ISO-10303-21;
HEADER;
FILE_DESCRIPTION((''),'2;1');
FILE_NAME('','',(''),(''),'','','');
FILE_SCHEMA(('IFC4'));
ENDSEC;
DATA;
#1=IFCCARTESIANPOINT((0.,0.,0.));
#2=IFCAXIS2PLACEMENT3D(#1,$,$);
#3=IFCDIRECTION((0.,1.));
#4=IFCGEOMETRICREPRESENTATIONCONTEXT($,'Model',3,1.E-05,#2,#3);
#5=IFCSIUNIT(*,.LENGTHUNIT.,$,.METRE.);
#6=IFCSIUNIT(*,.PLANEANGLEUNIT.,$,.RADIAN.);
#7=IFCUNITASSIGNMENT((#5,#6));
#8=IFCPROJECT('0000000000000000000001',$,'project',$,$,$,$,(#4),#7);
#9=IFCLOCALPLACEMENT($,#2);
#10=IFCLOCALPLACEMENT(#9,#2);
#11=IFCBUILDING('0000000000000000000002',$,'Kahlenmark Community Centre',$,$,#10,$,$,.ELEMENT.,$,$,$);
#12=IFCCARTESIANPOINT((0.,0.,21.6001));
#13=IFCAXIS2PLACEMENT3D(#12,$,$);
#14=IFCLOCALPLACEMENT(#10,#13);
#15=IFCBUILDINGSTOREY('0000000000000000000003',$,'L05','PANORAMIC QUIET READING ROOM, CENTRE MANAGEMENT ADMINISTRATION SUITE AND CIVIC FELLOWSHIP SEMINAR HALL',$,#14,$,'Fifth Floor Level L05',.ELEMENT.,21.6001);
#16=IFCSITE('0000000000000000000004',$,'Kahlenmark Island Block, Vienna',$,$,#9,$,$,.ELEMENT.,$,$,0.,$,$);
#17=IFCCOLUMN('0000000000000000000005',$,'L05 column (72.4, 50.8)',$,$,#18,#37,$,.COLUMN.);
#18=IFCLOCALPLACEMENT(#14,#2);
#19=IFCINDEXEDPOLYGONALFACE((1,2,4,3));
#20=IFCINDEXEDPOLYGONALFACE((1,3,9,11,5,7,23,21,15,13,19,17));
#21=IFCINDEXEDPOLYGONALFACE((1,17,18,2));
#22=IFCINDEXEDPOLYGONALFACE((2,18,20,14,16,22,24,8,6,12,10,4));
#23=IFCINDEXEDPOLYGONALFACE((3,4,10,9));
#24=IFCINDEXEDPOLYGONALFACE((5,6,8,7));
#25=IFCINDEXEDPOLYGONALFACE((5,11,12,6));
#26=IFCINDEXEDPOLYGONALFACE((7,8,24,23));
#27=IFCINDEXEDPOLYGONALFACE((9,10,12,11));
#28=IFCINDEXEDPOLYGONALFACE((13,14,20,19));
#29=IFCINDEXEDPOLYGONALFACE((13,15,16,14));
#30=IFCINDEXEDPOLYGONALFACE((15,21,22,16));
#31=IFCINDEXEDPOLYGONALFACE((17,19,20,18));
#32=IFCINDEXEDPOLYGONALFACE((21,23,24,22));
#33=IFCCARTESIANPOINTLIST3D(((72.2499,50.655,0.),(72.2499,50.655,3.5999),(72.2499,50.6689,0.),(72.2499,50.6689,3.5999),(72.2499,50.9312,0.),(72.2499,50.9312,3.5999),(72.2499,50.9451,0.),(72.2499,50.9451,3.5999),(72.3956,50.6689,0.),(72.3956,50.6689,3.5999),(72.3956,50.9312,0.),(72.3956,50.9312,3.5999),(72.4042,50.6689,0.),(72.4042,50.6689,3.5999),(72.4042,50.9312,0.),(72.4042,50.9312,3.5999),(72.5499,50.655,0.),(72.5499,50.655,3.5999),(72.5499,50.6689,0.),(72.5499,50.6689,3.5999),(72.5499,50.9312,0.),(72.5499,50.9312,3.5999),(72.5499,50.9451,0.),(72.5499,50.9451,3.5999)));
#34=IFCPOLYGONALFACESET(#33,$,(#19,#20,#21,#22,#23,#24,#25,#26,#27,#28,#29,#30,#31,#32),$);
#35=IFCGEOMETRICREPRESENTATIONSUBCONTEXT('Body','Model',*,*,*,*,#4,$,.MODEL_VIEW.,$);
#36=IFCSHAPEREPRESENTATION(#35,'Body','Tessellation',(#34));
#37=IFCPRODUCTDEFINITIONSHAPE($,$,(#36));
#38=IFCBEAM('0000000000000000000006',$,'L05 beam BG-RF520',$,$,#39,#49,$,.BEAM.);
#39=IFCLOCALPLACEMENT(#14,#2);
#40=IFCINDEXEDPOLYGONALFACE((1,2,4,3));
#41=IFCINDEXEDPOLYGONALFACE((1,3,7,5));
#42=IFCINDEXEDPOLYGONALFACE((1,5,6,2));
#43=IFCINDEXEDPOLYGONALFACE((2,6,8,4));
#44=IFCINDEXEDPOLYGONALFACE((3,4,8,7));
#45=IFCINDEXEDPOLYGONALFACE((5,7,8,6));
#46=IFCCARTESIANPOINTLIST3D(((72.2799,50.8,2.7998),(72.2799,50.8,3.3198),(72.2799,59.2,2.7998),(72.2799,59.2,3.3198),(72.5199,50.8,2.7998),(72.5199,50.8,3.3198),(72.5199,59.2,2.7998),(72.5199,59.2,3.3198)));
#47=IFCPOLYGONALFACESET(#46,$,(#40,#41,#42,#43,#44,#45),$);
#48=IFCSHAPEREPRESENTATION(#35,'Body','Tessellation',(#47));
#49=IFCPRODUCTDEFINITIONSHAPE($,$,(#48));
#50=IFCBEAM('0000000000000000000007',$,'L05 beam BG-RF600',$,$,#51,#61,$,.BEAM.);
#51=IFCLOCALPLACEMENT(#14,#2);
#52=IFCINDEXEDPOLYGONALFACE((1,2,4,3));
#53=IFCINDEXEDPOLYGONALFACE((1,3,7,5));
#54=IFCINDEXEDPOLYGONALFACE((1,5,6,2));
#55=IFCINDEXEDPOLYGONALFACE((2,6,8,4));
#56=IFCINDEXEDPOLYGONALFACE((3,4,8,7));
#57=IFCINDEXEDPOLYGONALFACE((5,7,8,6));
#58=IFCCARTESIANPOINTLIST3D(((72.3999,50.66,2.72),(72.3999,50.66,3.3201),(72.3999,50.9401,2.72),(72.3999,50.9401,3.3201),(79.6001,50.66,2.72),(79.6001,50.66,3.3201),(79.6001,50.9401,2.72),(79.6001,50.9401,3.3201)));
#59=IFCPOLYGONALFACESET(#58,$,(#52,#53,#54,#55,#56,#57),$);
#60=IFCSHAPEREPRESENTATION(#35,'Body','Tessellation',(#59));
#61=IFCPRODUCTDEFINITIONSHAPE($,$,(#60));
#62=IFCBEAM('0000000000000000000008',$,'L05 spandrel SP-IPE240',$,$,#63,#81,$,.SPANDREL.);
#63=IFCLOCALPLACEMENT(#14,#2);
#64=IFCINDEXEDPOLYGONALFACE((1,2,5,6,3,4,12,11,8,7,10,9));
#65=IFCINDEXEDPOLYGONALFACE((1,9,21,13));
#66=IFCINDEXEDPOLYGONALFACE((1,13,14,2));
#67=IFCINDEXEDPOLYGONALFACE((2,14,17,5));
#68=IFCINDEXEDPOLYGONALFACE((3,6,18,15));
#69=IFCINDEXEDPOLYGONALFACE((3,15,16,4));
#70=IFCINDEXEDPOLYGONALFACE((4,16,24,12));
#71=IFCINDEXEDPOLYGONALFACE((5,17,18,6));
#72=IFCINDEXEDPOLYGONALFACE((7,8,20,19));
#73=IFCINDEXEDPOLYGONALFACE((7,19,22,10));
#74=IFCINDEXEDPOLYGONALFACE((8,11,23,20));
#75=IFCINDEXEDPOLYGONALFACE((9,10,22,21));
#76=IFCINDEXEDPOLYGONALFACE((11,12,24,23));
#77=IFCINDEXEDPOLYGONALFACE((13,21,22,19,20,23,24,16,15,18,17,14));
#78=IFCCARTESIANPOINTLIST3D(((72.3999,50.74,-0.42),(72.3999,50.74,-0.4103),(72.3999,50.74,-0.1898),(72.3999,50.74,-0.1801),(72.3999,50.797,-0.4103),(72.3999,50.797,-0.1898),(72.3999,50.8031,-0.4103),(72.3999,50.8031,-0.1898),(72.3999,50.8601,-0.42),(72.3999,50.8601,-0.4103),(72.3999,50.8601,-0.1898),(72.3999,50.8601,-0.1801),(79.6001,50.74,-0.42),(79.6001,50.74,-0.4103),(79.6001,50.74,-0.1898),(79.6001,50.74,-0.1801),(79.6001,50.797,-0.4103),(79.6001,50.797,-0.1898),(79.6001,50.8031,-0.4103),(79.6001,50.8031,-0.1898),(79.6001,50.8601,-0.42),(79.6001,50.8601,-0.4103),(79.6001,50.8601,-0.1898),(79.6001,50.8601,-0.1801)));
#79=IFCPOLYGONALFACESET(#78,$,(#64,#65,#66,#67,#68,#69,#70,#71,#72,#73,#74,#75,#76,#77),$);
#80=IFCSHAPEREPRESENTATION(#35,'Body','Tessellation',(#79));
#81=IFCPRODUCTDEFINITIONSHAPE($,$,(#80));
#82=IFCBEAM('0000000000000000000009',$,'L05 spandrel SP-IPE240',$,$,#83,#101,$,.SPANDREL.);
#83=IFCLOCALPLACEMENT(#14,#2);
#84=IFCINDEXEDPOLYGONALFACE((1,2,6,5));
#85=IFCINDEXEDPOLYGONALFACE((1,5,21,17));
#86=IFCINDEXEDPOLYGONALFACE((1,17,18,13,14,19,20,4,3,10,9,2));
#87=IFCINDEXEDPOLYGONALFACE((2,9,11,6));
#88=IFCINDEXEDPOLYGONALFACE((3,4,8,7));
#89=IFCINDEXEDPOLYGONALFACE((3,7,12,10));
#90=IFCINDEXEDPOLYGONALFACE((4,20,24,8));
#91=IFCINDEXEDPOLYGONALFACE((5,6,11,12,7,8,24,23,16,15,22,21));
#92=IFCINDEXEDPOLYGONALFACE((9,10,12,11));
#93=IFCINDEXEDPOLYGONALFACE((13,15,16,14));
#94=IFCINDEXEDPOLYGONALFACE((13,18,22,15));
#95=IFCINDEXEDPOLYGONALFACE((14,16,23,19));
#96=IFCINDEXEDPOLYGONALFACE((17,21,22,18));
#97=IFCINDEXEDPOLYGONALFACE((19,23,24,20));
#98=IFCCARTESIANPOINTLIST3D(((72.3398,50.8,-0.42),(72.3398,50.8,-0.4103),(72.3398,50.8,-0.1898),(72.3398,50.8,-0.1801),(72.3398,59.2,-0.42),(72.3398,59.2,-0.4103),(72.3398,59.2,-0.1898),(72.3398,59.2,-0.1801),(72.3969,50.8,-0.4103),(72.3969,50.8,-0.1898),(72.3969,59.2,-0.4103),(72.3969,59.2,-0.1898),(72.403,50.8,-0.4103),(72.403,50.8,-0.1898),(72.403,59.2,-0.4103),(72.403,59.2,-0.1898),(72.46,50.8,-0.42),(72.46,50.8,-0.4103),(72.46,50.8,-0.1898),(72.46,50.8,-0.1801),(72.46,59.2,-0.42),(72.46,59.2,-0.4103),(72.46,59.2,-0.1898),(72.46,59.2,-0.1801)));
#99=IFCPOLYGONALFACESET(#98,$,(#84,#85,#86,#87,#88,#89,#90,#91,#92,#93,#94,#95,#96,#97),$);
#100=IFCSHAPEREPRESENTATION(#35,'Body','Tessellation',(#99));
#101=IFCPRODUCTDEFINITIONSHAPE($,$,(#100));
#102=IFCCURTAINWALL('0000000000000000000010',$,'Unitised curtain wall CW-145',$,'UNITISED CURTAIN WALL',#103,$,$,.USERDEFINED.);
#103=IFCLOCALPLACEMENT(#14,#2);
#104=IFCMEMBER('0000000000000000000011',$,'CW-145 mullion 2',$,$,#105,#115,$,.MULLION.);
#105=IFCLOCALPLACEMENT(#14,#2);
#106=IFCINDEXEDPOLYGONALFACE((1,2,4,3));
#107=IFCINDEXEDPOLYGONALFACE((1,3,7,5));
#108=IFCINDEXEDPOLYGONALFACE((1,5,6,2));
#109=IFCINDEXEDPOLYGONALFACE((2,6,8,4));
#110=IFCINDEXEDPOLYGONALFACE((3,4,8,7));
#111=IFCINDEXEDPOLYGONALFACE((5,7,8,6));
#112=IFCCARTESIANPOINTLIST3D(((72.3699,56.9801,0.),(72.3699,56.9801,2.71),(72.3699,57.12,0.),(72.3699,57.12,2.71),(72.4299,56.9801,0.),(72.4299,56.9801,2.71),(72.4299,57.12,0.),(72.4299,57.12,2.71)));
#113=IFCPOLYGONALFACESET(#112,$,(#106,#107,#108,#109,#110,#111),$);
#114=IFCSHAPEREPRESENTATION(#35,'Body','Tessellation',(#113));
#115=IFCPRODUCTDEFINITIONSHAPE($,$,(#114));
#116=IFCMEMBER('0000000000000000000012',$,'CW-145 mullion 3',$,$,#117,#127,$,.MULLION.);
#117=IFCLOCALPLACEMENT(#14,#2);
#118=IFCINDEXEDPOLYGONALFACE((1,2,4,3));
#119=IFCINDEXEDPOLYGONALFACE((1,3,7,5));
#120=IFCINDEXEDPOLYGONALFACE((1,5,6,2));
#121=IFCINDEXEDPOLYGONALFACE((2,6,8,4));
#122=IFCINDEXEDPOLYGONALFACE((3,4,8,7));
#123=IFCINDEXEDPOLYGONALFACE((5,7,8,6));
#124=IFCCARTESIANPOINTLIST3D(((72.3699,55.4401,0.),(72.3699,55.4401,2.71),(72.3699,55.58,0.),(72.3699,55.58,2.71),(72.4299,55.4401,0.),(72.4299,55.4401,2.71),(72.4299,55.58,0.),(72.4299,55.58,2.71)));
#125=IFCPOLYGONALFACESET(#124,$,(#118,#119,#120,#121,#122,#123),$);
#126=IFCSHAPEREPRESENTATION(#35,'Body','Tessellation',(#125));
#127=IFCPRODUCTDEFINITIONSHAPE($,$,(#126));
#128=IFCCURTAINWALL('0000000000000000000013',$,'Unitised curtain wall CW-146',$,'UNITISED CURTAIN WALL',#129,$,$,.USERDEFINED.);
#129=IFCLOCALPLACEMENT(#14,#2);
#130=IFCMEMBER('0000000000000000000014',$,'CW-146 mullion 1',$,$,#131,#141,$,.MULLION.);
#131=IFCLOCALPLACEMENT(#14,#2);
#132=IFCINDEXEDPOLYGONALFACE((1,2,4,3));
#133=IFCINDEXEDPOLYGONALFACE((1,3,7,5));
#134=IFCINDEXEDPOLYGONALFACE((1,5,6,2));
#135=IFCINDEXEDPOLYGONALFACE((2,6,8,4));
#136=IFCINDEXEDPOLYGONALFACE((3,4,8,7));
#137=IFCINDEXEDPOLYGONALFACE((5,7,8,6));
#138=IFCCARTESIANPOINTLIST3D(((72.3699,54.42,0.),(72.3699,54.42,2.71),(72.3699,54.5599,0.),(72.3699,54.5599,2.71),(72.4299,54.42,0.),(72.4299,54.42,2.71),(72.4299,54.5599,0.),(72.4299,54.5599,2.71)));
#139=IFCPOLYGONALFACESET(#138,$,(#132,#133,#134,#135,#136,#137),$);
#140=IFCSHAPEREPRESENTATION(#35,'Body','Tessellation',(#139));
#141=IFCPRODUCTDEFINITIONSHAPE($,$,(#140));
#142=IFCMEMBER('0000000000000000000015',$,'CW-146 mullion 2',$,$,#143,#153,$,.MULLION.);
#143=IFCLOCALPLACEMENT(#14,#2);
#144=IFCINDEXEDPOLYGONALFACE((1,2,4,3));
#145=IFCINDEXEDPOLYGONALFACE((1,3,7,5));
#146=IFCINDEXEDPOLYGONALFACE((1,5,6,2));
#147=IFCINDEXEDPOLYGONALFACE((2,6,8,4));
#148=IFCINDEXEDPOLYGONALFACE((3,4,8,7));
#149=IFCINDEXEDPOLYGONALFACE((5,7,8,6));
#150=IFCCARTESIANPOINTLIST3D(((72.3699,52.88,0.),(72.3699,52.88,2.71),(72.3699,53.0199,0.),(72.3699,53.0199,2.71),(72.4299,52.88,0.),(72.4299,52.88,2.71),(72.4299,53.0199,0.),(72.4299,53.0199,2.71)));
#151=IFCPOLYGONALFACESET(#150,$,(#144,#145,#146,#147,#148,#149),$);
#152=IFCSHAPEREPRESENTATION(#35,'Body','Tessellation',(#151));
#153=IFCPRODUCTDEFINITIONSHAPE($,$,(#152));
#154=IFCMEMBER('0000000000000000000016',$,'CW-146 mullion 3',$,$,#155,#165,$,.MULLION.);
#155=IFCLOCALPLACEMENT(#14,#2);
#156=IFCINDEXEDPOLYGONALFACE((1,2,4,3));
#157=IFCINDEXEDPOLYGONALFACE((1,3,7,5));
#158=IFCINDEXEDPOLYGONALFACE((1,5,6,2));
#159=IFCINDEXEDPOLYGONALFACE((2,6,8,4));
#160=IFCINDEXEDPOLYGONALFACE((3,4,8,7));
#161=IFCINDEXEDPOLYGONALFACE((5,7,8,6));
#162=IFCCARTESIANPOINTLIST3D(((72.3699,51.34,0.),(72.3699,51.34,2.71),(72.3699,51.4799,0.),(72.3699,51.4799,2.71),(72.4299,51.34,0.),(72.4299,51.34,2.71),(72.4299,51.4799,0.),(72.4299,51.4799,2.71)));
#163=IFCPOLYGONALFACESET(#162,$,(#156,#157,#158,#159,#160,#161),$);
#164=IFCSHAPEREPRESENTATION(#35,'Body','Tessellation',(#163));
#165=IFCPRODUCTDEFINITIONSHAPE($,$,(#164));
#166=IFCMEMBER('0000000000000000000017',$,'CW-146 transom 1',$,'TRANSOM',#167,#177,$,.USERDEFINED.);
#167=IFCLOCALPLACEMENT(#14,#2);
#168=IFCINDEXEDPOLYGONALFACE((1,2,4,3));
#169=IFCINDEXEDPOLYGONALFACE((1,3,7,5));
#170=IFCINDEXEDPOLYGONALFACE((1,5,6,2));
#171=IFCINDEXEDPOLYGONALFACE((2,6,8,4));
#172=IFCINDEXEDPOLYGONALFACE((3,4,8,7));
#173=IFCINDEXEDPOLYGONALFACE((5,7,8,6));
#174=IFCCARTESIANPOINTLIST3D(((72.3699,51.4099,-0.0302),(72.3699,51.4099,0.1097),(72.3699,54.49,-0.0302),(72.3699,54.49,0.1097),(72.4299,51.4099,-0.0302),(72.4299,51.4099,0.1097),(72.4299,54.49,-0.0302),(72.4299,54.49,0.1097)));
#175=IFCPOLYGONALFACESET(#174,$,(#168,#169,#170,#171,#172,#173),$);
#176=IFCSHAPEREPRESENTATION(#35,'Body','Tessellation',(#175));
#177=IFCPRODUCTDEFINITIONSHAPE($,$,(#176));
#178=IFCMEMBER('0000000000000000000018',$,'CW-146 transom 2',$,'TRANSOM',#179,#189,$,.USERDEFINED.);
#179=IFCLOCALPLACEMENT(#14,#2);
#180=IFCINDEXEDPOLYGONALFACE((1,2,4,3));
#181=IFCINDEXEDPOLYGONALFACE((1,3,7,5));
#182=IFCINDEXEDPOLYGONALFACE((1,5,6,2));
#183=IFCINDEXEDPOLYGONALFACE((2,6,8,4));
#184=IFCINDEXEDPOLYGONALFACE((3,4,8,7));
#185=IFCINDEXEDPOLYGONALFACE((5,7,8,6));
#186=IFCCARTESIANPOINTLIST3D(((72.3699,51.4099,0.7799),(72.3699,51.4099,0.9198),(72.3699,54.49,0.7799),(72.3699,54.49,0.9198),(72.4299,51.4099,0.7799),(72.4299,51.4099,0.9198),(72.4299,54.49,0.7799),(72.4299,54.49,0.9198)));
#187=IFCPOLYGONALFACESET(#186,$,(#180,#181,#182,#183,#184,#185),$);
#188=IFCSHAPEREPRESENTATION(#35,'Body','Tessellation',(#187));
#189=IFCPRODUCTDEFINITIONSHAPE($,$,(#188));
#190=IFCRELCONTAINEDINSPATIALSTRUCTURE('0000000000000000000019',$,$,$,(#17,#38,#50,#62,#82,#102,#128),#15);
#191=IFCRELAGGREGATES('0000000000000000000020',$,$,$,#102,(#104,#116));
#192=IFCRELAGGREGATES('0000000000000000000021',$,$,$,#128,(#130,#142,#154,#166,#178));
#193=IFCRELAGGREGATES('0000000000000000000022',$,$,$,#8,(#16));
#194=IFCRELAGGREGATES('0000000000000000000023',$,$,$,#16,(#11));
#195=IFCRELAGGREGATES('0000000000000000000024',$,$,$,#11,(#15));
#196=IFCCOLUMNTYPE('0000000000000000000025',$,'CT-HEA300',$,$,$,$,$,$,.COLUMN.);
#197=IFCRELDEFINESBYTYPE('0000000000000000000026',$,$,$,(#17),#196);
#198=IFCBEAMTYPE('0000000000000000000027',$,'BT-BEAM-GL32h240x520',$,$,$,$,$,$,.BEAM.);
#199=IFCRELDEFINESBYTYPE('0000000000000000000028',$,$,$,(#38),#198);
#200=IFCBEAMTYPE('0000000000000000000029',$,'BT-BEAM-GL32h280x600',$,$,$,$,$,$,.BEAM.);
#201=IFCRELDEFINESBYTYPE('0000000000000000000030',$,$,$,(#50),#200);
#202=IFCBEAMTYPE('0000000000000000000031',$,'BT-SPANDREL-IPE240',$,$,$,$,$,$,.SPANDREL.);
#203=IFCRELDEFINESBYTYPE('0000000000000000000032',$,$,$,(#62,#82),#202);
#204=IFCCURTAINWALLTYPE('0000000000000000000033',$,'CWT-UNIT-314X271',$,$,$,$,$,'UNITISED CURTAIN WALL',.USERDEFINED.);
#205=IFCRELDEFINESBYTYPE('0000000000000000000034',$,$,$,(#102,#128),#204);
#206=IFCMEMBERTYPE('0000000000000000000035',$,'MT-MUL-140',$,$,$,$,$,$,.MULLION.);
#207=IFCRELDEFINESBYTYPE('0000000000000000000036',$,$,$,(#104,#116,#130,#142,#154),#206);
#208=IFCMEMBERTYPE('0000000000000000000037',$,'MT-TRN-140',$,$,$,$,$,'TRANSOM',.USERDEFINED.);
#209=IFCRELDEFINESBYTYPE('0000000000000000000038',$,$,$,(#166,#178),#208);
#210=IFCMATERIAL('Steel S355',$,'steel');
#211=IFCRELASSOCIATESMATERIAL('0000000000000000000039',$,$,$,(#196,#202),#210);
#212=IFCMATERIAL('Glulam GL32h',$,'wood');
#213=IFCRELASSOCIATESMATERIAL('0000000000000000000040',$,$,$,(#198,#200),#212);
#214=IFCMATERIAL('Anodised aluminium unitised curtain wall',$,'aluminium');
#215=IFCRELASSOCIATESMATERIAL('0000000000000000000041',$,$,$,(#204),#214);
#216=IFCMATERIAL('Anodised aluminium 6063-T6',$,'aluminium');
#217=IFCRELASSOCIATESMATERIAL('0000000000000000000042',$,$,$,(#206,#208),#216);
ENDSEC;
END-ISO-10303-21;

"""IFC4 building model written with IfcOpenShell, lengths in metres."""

from ifc_helpers import new_model, si_unit, direction, frame, origin, origin_2d, place, context, subcontext, project, spatial, rectangle, i_section, extrude, material, material_profile, profile_set, type_object, element, aggregate, save


model = new_model("IFC4")

# Units and contexts
model_context = context("Model", 3, precision=1e-05, world=origin(), true_north=direction((0.0, 1.0)))
body_context = subcontext(model_context, "Body", "Model", "MODEL_VIEW")
ifc_project = project(units=[si_unit("LENGTHUNIT", "METRE"), si_unit("PLANEANGLEUNIT", "RADIAN")], contexts=[model_context])

# Site, building, storey
site_placement = place(None, origin())
site = spatial("IfcSite", under=ifc_project, at=site_placement, Name="Kahlenmark Island Block, Vienna", CompositionType="ELEMENT", RefElevation=0.0)
building_placement = place(site_placement, origin())
building = spatial("IfcBuilding", under=site, at=building_placement, Name="Kahlenmark Community Centre", CompositionType="ELEMENT")
storey_placement = place(building_placement, frame((0.0, 0.0, 21.6001)))
storey = spatial("IfcBuildingStorey", under=building, at=storey_placement, Name="L05", Description="PANORAMIC QUIET READING ROOM, CENTRE MANAGEMENT ADMINISTRATION SUITE AND CIVIC FELLOWSHIP SEMINAR HALL", LongName="Fifth Floor Level L05", CompositionType="ELEMENT", Elevation=21.6001)

# Column
ifc_material_1 = material(Name="Steel S355", Category="steel")
ifc_material_profile_1 = material_profile(ifc_material_1, i_section(OverallWidth=0.3, OverallDepth=0.29, WebThickness=0.0085, FlangeThickness=0.0139, at=origin_2d()), Name="HEA 300")
ifc_profile_set_1 = profile_set([ifc_material_profile_1], Name="Steel S355")
column_type = type_object("IfcColumnType", Name="CT-HEA300", PredefinedType="COLUMN", material=ifc_profile_set_1)
column_placement = place(storey_placement, frame((72.3999, 50.8, 0.0), z_axis=(0.0, 0.0, 1.0), x_axis=(1.0, 0.0, 0.0)))
element("IfcColumn", 1, at=column_placement, inside=storey, type_object=column_type, Name="L05 column (72.4, 50.8)", PredefinedType="COLUMN", context=body_context, shape_type="SweptSolid", body=[
    extrude(i_section(OverallWidth=0.3, OverallDepth=0.29, WebThickness=0.0085, FlangeThickness=0.0139, at=origin_2d()), origin(), (0.0, 0.0, 1.0), 3.5999),
])

# Beams
ifc_material_2 = material(Name="Glulam GL32h", Category="wood")
ifc_material_profile_2 = material_profile(ifc_material_2, rectangle(XDim=0.24, YDim=0.52, at=origin_2d()), Name="GL32h 240x520")
ifc_profile_set_2 = profile_set([ifc_material_profile_2], Name="Glulam GL32h")
beam_type_1 = type_object("IfcBeamType", Name="BT-BEAM-GL32h240x520", PredefinedType="BEAM", material=ifc_profile_set_2)
beam_1_placement = place(storey_placement, frame((72.3999, 50.8, 3.0598), z_axis=(0.0, 1.0, 0.0), x_axis=(-1.0, 0.0, 0.0)))
element("IfcBeam", 2, at=beam_1_placement, inside=storey, type_object=beam_type_1, Name="L05 beam BG-RF520", PredefinedType="BEAM", context=body_context, shape_type="SweptSolid", body=[
    extrude(rectangle(XDim=0.24, YDim=0.52, at=origin_2d()), origin(), (0.0, 0.0, 1.0), 8.3999),
])
ifc_material_profile_3 = material_profile(ifc_material_2, rectangle(XDim=0.28, YDim=0.6001, at=origin_2d()), Name="GL32h 280x600")
ifc_profile_set_3 = profile_set([ifc_material_profile_3], Name="Glulam GL32h")
beam_type_2 = type_object("IfcBeamType", Name="BT-BEAM-GL32h280x600", PredefinedType="BEAM", material=ifc_profile_set_3)
beam_2_placement = place(storey_placement, frame((72.3999, 50.8, 3.02), z_axis=(1.0, 0.0, 0.0), x_axis=(0.0, 1.0, 0.0)))
element("IfcBeam", 3, at=beam_2_placement, inside=storey, type_object=beam_type_2, Name="L05 beam BG-RF600", PredefinedType="BEAM", context=body_context, shape_type="SweptSolid", body=[
    extrude(rectangle(XDim=0.28, YDim=0.6001, at=origin_2d()), origin(), (0.0, 0.0, 1.0), 7.2002),
])
ifc_material_profile_4 = material_profile(ifc_material_1, i_section(OverallWidth=0.1201, OverallDepth=0.24, WebThickness=0.0061, FlangeThickness=0.0098, at=origin_2d()), Name="IPE 240")
ifc_profile_set_4 = profile_set([ifc_material_profile_4], Name="Steel S355")
beam_type_3 = type_object("IfcBeamType", Name="BT-SPANDREL-IPE240", PredefinedType="SPANDREL", material=ifc_profile_set_4)
beam_3_placement = place(storey_placement, frame((72.3999, 50.8, -0.3), z_axis=(1.0, 0.0, 0.0), x_axis=(0.0, 1.0, 0.0)))
element("IfcBeam", 4, at=beam_3_placement, inside=storey, type_object=beam_type_3, Name="L05 spandrel SP-IPE240", PredefinedType="SPANDREL", context=body_context, shape_type="SweptSolid", body=[
    extrude(i_section(OverallWidth=0.1201, OverallDepth=0.24, WebThickness=0.0061, FlangeThickness=0.0098, at=origin_2d()), origin(), (0.0, 0.0, 1.0), 7.2002),
])
beam_4_placement = place(storey_placement, frame((72.3999, 50.8, -0.3), z_axis=(0.0, 1.0, 0.0), x_axis=(-1.0, 0.0, 0.0)))
element("IfcBeam", 5, at=beam_4_placement, inside=storey, type_object=beam_type_3, Name="L05 spandrel SP-IPE240", PredefinedType="SPANDREL", context=body_context, shape_type="SweptSolid", body=[
    extrude(i_section(OverallWidth=0.1201, OverallDepth=0.24, WebThickness=0.0061, FlangeThickness=0.0098, at=origin_2d()), origin(), (0.0, 0.0, 1.0), 8.3999),
])

# Curtain walls, members
ifc_material_3 = material(Name="Anodised aluminium unitised curtain wall", Category="aluminium")
curtain_wall_type = type_object("IfcCurtainWallType", Name="CWT-UNIT-314X271", ElementType="UNITISED CURTAIN WALL", PredefinedType="USERDEFINED", material=ifc_material_3)
curtain_wall_1_placement = place(storey_placement, origin())
curtain_wall_1 = element("IfcCurtainWall", 6, at=curtain_wall_1_placement, inside=storey, type_object=curtain_wall_type, Name="Unitised curtain wall CW-145", ObjectType="UNITISED CURTAIN WALL", PredefinedType="USERDEFINED")
ifc_material_4 = material(Name="Anodised aluminium 6063-T6", Category="aluminium")
ifc_material_profile_5 = material_profile(ifc_material_4, rectangle(XDim=0.0601, YDim=0.1399, at=origin_2d()), Name="ALU MULLION 60x140")
ifc_profile_set_5 = profile_set([ifc_material_profile_5], Name="Anodised aluminium 6063-T6")
member_type_1 = type_object("IfcMemberType", Name="MT-MUL-140", PredefinedType="MULLION", material=ifc_profile_set_5)
member_1_placement = place(storey_placement, frame((72.3999, 57.05, 0.0), z_axis=(0.0, 0.0, 1.0), x_axis=(1.0, 0.0, 0.0)))
member_1 = element("IfcMember", 7, at=member_1_placement, type_object=member_type_1, Name="CW-145 mullion 2", PredefinedType="MULLION", context=body_context, shape_type="SweptSolid", body=[
    extrude(rectangle(XDim=0.0601, YDim=0.1399, at=origin_2d()), origin(), (0.0, 0.0, 1.0), 2.71),
])
member_2_placement = place(storey_placement, frame((72.3999, 55.51, 0.0), z_axis=(0.0, 0.0, 1.0), x_axis=(1.0, 0.0, 0.0)))
member_2 = element("IfcMember", 8, at=member_2_placement, type_object=member_type_1, Name="CW-145 mullion 3", PredefinedType="MULLION", context=body_context, shape_type="SweptSolid", body=[
    extrude(rectangle(XDim=0.0601, YDim=0.1399, at=origin_2d()), origin(), (0.0, 0.0, 1.0), 2.71),
])
curtain_wall_2_placement = place(storey_placement, origin())
curtain_wall_2 = element("IfcCurtainWall", 9, at=curtain_wall_2_placement, inside=storey, type_object=curtain_wall_type, Name="Unitised curtain wall CW-146", ObjectType="UNITISED CURTAIN WALL", PredefinedType="USERDEFINED")
member_3_placement = place(storey_placement, frame((72.3999, 54.49, 0.0), z_axis=(0.0, 0.0, 1.0), x_axis=(1.0, 0.0, 0.0)))
member_3 = element("IfcMember", 10, at=member_3_placement, type_object=member_type_1, Name="CW-146 mullion 1", PredefinedType="MULLION", context=body_context, shape_type="SweptSolid", body=[
    extrude(rectangle(XDim=0.0601, YDim=0.1399, at=origin_2d()), origin(), (0.0, 0.0, 1.0), 2.71),
])
member_4_placement = place(storey_placement, frame((72.3999, 52.95, 0.0), z_axis=(0.0, 0.0, 1.0), x_axis=(1.0, 0.0, 0.0)))
member_4 = element("IfcMember", 11, at=member_4_placement, type_object=member_type_1, Name="CW-146 mullion 2", PredefinedType="MULLION", context=body_context, shape_type="SweptSolid", body=[
    extrude(rectangle(XDim=0.0601, YDim=0.1399, at=origin_2d()), origin(), (0.0, 0.0, 1.0), 2.71),
])
member_5_placement = place(storey_placement, frame((72.3999, 51.4099, 0.0), z_axis=(0.0, 0.0, 1.0), x_axis=(1.0, 0.0, 0.0)))
member_5 = element("IfcMember", 12, at=member_5_placement, type_object=member_type_1, Name="CW-146 mullion 3", PredefinedType="MULLION", context=body_context, shape_type="SweptSolid", body=[
    extrude(rectangle(XDim=0.0601, YDim=0.1399, at=origin_2d()), origin(), (0.0, 0.0, 1.0), 2.71),
])
ifc_material_profile_6 = material_profile(ifc_material_4, rectangle(XDim=0.0601, YDim=0.1399, at=origin_2d()), Name="ALU TRANSOM 60x140")
ifc_profile_set_6 = profile_set([ifc_material_profile_6], Name="Anodised aluminium 6063-T6")
member_type_2 = type_object("IfcMemberType", Name="MT-TRN-140", ElementType="TRANSOM", PredefinedType="USERDEFINED", material=ifc_profile_set_6)
member_6_placement = place(storey_placement, frame((72.3999, 54.49, 0.0398), z_axis=(0.0, -1.0, 0.0), x_axis=(1.0, 0.0, 0.0)))
member_6 = element("IfcMember", 13, at=member_6_placement, type_object=member_type_2, Name="CW-146 transom 1", ObjectType="TRANSOM", PredefinedType="USERDEFINED", context=body_context, shape_type="SweptSolid", body=[
    extrude(rectangle(XDim=0.0601, YDim=0.1399, at=origin_2d()), origin(), (0.0, 0.0, 1.0), 3.0801),
])
member_7_placement = place(storey_placement, frame((72.3999, 54.49, 0.8499), z_axis=(0.0, -1.0, 0.0), x_axis=(1.0, 0.0, 0.0)))
member_7 = element("IfcMember", 14, at=member_7_placement, type_object=member_type_2, Name="CW-146 transom 2", ObjectType="TRANSOM", PredefinedType="USERDEFINED", context=body_context, shape_type="SweptSolid", body=[
    extrude(rectangle(XDim=0.0601, YDim=0.1399, at=origin_2d()), origin(), (0.0, 0.0, 1.0), 3.0801),
])

aggregate(curtain_wall_1, [member_1, member_2])
aggregate(curtain_wall_2, [member_3, member_4, member_5, member_6, member_7])

save(model, "model.ifc")
